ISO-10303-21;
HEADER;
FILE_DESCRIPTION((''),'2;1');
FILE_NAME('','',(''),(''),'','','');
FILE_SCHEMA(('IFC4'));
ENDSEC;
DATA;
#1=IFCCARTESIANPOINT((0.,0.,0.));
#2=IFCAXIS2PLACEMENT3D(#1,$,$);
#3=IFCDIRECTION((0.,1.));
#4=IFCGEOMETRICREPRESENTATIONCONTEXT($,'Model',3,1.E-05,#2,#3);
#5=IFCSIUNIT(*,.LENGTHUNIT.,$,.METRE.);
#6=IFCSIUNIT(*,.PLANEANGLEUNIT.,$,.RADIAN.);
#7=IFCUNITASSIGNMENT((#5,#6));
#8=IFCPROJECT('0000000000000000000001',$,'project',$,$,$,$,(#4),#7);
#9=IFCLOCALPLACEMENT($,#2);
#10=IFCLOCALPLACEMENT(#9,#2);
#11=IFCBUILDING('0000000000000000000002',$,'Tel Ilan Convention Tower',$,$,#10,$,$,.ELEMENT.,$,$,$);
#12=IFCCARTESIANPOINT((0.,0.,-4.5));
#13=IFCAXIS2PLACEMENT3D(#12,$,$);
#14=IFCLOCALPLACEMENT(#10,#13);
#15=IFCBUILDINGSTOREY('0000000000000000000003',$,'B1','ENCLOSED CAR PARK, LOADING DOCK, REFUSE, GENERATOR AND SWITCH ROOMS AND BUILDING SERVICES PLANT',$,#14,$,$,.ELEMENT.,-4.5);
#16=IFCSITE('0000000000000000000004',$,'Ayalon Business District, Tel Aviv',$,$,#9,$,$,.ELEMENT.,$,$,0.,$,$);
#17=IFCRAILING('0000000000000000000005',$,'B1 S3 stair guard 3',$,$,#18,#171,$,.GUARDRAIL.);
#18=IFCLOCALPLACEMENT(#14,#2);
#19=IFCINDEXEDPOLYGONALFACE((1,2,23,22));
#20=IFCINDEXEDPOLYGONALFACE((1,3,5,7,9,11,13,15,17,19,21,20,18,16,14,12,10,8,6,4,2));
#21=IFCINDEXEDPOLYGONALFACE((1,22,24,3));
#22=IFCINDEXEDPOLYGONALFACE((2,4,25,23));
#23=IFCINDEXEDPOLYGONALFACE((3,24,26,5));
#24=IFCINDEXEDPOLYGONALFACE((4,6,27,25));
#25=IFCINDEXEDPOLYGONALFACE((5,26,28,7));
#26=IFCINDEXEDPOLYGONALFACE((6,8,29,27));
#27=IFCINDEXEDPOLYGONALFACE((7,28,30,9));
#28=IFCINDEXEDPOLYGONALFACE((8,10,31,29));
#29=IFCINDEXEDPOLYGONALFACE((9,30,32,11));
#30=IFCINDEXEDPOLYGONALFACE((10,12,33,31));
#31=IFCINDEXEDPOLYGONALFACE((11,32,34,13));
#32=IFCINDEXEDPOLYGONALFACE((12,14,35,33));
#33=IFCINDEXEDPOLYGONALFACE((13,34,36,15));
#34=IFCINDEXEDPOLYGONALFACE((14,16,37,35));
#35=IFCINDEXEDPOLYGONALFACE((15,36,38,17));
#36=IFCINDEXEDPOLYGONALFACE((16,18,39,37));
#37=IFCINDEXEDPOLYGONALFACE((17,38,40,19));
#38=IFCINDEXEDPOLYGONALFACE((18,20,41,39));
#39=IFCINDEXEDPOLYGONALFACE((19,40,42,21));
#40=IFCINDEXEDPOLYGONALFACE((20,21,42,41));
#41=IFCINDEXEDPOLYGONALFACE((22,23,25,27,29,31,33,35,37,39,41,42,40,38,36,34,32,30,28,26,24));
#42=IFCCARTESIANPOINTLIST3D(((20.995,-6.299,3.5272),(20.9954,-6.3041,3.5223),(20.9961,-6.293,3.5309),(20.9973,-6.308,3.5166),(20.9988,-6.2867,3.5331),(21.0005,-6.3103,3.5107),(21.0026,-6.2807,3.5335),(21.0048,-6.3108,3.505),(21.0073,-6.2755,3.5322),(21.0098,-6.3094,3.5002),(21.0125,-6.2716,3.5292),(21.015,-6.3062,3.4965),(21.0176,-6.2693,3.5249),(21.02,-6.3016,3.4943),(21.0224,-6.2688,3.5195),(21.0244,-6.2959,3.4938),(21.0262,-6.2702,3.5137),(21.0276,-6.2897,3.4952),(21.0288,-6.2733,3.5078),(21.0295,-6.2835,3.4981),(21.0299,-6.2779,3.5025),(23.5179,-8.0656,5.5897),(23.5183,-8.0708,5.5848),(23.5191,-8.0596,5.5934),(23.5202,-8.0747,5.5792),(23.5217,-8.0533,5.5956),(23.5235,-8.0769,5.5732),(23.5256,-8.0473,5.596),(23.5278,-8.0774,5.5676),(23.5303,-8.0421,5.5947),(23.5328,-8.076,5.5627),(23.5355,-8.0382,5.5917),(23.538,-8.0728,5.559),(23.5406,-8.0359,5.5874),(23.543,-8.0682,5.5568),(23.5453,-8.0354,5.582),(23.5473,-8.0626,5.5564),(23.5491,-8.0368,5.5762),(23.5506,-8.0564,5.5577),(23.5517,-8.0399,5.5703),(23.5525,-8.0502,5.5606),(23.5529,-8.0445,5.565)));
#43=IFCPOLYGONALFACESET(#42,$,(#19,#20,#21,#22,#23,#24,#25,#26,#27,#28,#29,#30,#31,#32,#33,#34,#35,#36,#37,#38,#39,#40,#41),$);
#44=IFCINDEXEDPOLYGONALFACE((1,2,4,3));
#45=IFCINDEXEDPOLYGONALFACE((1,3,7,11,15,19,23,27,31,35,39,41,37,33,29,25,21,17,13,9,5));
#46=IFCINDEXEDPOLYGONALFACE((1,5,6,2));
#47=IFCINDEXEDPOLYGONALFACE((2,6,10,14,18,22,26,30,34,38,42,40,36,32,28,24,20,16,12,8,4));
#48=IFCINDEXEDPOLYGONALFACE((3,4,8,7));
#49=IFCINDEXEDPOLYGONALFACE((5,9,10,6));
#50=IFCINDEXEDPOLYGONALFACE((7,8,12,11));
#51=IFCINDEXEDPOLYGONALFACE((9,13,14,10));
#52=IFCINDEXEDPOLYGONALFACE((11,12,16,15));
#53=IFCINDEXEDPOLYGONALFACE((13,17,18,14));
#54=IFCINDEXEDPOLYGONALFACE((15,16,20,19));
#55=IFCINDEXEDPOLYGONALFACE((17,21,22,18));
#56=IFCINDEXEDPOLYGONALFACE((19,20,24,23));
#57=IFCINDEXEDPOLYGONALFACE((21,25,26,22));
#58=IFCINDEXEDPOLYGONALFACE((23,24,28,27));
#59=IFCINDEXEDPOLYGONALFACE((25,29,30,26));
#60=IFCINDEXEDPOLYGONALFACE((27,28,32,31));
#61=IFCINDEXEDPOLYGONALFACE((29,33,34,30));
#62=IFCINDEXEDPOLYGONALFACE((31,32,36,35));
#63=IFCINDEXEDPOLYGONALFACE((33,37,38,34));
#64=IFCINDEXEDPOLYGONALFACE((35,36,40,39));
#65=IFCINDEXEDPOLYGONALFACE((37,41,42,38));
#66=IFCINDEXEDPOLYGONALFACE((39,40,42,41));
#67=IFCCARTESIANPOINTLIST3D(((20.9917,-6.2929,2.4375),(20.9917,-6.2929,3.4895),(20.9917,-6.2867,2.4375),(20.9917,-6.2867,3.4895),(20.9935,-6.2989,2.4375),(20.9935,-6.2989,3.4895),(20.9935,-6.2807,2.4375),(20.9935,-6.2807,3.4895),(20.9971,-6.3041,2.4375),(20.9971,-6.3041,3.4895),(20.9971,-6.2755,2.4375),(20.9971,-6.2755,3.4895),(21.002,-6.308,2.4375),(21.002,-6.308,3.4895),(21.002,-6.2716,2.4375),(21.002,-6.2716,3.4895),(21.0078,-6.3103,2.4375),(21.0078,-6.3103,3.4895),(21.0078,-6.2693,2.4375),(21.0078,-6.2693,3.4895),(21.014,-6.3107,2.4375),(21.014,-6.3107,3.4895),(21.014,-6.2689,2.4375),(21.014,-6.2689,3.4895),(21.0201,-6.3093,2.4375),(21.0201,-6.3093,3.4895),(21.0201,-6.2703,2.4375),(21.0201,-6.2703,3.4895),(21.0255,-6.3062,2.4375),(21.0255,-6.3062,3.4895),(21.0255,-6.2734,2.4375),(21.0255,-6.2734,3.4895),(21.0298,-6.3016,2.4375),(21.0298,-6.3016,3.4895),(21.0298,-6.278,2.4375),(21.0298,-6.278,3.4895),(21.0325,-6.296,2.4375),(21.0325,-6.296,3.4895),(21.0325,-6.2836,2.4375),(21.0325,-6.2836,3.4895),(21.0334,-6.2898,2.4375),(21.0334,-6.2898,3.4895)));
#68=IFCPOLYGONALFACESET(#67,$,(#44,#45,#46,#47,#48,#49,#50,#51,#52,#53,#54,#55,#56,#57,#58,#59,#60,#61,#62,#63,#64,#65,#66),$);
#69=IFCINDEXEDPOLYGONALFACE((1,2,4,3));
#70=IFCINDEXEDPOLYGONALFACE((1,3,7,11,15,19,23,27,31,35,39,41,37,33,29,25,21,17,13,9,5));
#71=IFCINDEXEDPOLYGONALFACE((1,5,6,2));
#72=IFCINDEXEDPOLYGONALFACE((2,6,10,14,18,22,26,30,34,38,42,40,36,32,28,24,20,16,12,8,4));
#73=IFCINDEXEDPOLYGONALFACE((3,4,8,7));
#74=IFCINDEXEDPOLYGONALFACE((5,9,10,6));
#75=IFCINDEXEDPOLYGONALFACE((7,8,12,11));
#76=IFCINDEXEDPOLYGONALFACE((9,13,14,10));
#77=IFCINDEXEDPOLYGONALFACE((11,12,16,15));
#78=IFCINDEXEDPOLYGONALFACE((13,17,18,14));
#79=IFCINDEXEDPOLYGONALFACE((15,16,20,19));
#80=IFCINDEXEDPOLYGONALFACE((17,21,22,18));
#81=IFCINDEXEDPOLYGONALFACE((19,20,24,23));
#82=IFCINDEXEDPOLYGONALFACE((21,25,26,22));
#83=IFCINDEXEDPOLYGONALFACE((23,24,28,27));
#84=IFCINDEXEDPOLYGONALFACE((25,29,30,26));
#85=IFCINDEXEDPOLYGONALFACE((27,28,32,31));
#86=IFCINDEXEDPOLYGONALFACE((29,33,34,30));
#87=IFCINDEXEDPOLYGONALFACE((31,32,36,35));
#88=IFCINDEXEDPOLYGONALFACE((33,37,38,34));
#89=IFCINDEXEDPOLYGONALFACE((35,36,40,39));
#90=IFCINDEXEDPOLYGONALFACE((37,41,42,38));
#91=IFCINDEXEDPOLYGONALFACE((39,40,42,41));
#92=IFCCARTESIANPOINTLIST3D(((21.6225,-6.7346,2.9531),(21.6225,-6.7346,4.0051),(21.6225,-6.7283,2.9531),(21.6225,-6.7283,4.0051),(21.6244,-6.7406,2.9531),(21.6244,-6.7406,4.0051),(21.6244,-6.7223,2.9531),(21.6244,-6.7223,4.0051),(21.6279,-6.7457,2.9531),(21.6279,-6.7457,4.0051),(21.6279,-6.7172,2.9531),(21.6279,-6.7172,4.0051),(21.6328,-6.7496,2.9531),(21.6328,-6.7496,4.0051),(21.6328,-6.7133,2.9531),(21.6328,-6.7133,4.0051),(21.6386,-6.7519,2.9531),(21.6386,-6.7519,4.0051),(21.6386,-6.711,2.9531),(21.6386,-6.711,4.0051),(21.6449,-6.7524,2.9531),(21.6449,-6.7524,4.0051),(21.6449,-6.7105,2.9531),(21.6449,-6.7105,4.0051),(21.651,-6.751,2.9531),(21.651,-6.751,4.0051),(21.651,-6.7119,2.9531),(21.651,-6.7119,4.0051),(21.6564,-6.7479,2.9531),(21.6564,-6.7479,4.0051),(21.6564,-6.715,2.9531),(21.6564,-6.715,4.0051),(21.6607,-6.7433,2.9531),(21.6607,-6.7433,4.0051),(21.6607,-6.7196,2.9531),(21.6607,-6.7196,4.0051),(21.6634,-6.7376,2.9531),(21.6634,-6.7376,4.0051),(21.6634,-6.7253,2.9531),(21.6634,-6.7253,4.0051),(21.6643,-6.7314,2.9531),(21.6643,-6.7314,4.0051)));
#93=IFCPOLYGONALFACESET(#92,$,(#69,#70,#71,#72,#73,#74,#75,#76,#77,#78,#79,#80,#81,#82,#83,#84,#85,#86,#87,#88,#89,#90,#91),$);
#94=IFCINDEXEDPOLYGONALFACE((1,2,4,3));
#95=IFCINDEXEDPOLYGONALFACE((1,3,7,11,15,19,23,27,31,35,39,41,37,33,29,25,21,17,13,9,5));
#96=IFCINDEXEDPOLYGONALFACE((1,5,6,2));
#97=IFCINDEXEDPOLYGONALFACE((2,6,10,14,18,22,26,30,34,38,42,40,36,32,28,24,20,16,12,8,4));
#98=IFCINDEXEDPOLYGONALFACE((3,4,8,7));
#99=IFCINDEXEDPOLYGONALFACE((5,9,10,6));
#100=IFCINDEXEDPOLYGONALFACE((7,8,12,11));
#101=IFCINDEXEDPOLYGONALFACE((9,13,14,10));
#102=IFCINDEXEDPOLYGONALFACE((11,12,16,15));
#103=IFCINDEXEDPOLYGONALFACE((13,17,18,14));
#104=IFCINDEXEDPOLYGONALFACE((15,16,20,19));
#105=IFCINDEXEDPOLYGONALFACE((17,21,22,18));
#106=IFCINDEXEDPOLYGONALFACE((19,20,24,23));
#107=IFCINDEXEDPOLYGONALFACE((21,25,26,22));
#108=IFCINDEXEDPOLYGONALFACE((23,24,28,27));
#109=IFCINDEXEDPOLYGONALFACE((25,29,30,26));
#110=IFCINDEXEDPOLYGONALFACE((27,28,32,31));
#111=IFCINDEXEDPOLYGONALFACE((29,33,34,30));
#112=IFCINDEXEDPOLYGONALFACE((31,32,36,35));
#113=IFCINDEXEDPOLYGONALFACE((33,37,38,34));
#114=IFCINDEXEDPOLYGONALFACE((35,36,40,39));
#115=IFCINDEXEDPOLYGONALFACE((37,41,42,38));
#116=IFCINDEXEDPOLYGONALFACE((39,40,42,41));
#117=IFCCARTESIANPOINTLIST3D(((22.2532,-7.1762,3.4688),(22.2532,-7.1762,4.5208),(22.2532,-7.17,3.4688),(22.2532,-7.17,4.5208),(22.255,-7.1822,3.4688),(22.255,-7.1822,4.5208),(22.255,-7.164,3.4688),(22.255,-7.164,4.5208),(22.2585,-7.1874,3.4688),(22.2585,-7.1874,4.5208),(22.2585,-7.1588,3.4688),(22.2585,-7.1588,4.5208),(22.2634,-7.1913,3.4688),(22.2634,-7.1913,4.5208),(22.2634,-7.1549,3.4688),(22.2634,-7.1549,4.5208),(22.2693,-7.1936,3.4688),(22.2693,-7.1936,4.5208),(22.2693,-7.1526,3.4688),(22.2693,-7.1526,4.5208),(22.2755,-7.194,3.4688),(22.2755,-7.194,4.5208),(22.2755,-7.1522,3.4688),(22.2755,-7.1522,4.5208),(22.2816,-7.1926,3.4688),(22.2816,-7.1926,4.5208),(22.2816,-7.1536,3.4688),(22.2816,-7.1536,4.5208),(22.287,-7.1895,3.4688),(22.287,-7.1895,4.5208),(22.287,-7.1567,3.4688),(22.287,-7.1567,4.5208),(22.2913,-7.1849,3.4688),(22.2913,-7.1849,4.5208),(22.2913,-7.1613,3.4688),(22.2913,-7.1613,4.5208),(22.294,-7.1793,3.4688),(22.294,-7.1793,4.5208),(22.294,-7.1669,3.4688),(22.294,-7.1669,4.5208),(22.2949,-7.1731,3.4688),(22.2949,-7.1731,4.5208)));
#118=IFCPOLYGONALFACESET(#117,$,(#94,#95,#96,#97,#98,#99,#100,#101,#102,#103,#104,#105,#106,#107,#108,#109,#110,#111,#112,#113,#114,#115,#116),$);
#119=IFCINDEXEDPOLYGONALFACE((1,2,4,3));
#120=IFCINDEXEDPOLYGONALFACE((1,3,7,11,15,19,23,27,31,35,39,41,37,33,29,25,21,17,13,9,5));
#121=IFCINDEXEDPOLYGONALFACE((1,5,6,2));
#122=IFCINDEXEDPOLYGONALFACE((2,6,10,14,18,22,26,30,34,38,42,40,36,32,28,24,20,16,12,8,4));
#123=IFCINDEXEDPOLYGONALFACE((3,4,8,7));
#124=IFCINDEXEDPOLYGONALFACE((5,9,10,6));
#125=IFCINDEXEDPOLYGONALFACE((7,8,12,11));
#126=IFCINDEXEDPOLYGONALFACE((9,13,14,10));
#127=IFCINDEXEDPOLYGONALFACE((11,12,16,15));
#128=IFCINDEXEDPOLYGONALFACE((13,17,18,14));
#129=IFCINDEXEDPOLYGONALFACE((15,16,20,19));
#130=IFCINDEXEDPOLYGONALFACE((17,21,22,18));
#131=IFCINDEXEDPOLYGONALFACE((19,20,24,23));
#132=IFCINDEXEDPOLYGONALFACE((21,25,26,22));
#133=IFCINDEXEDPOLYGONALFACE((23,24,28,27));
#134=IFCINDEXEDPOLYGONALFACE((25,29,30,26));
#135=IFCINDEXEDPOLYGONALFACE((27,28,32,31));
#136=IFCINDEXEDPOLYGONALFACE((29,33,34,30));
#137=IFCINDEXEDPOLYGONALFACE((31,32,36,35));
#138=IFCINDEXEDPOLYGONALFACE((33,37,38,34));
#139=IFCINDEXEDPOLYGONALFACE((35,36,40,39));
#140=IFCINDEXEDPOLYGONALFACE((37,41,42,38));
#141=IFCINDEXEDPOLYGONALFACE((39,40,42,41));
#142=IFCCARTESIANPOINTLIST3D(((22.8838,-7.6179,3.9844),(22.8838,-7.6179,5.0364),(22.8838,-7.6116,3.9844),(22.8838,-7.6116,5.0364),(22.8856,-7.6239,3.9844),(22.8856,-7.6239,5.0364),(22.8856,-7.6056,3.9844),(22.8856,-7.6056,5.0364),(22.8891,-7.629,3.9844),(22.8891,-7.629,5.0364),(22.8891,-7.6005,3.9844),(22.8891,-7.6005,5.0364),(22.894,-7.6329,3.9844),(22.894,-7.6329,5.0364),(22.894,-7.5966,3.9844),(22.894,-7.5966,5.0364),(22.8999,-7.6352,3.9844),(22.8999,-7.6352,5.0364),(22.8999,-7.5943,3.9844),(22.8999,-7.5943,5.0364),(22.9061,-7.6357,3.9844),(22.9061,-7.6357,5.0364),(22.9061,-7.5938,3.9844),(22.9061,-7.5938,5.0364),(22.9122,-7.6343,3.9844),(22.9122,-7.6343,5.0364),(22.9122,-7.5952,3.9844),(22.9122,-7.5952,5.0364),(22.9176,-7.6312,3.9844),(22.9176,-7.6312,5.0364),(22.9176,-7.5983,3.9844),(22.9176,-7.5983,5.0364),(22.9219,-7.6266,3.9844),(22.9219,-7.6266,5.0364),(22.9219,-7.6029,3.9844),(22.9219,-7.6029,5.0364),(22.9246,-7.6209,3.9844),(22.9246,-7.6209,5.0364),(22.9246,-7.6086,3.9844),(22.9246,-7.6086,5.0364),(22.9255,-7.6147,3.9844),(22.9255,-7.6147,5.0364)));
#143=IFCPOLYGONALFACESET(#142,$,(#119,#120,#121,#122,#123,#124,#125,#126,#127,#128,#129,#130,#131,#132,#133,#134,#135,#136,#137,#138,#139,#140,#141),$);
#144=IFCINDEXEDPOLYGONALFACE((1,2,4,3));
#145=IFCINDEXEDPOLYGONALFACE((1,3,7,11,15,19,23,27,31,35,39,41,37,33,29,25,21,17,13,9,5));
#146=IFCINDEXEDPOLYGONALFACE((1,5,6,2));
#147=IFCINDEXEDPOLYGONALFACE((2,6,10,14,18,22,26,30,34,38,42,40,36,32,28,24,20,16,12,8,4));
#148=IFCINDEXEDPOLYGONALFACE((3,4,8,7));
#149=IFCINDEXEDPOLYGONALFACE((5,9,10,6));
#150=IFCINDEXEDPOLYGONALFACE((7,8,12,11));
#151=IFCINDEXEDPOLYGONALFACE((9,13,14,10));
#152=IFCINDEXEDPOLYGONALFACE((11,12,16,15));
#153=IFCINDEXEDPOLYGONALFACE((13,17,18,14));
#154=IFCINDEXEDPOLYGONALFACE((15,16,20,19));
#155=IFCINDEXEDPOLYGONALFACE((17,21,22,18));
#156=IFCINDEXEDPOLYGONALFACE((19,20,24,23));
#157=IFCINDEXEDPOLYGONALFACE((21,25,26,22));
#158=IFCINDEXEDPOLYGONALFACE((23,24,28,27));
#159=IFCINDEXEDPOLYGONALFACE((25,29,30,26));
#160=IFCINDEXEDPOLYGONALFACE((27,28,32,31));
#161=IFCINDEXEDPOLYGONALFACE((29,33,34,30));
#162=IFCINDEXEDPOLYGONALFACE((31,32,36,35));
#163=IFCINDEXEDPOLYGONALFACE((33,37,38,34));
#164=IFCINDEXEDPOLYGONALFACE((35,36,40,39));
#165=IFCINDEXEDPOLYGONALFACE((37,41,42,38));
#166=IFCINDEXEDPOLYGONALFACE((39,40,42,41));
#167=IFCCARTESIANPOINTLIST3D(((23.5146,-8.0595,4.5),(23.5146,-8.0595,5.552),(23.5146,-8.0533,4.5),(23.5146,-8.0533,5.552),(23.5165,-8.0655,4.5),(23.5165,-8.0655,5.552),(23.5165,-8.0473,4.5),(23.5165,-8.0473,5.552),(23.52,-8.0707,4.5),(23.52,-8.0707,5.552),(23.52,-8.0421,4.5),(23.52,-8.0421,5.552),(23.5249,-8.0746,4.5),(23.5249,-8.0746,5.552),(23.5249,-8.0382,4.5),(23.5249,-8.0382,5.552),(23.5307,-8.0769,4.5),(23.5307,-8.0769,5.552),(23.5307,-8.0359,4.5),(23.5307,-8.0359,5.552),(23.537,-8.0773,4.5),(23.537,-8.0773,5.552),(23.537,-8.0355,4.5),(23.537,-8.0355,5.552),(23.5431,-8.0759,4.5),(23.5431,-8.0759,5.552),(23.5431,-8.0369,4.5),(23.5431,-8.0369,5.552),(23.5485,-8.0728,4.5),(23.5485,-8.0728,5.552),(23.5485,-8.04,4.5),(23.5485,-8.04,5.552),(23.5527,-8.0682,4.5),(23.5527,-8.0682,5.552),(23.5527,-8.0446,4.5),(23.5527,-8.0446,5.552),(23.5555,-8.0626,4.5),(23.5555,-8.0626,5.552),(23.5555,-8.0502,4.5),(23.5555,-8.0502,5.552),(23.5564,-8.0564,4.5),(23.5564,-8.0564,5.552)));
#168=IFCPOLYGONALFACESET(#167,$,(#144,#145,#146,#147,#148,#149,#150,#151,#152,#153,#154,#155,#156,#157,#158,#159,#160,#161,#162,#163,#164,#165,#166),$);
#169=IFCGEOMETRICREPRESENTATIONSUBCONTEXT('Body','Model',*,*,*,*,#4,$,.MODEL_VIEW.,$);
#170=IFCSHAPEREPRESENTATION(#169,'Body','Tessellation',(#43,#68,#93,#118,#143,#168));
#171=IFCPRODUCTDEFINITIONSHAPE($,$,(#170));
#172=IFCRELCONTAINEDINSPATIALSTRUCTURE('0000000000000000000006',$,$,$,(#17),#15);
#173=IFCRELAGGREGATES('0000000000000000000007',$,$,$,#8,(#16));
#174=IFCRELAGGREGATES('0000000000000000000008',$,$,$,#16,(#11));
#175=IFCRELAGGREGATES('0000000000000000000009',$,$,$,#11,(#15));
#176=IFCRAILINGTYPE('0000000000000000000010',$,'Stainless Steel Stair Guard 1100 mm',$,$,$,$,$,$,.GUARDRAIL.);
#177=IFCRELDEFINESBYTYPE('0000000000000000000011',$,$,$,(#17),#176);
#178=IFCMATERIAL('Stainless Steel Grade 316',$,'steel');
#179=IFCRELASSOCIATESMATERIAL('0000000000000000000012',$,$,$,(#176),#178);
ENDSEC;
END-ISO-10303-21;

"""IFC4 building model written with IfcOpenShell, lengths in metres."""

from ifc_helpers import new_model, si_unit, direction, frame, origin, origin_2d, place, context, subcontext, project, spatial, circle, extrude, material, type_object, element, save


model = new_model("IFC4")

# Units and contexts
model_context = context("Model", 3, precision=1e-05, world=origin(), true_north=direction((0.0, 1.0)))
body_context = subcontext(model_context, "Body", "Model", "MODEL_VIEW")
ifc_project = project(units=[si_unit("LENGTHUNIT", "METRE"), si_unit("PLANEANGLEUNIT", "RADIAN")], contexts=[model_context])

# Site, building, storey
site_placement = place(None, origin())
site = spatial("IfcSite", under=ifc_project, at=site_placement, Name="Ayalon Business District, Tel Aviv", CompositionType="ELEMENT", RefElevation=0.0)
building_placement = place(site_placement, origin())
building = spatial("IfcBuilding", under=site, at=building_placement, Name="Tel Ilan Convention Tower", CompositionType="ELEMENT")
storey_placement = place(building_placement, frame((0.0, 0.0, -4.5)))
storey = spatial("IfcBuildingStorey", under=building, at=storey_placement, Name="B1", Description="ENCLOSED CAR PARK, LOADING DOCK, REFUSE, GENERATOR AND SWITCH ROOMS AND BUILDING SERVICES PLANT", CompositionType="ELEMENT", Elevation=-4.5)

# Railing
ifc_material_1 = material(Name="Stainless Steel Grade 316", Category="steel")
railing_type_1 = type_object("IfcRailingType", Name="Stainless Steel Stair Guard 1100 mm", PredefinedType="GUARDRAIL", material=ifc_material_1)
railing_1_placement = place(storey_placement, frame((21.0125, -6.2898, 2.4375)))
element("IfcRailing", 1, at=railing_1_placement, inside=storey, type_object=railing_type_1, Name="B1 S3 stair guard 3", PredefinedType="GUARDRAIL", context=body_context, shape_type="SweptSolid", body=[
    extrude(circle(Radius=0.0239, at=origin_2d()), frame((0.0, 0.0, 1.0762), z_axis=(0.680635, -0.476589, 0.556416), x_axis=(0.573579, 0.81915, 0.0)), (0.0, 0.0, 1.0), 3.7068),
    extrude(circle(Radius=0.021, at=origin_2d()), origin(), (0.0, 0.0, 1.0), 1.052),
    extrude(circle(Radius=0.021, at=origin_2d()), frame((0.6309, -0.4417, 0.5156)), (0.0, 0.0, 1.0), 1.052),
    extrude(circle(Radius=0.021, at=origin_2d()), frame((1.2615, -0.8833, 1.0312)), (0.0, 0.0, 1.0), 1.052),
    extrude(circle(Radius=0.021, at=origin_2d()), frame((1.8921, -1.325, 1.5469)), (0.0, 0.0, 1.0), 1.052),
    extrude(circle(Radius=0.021, at=origin_2d()), frame((2.5229, -1.7666, 2.0625)), (0.0, 0.0, 1.0), 1.052),
])

save(model, "model.ifc")
